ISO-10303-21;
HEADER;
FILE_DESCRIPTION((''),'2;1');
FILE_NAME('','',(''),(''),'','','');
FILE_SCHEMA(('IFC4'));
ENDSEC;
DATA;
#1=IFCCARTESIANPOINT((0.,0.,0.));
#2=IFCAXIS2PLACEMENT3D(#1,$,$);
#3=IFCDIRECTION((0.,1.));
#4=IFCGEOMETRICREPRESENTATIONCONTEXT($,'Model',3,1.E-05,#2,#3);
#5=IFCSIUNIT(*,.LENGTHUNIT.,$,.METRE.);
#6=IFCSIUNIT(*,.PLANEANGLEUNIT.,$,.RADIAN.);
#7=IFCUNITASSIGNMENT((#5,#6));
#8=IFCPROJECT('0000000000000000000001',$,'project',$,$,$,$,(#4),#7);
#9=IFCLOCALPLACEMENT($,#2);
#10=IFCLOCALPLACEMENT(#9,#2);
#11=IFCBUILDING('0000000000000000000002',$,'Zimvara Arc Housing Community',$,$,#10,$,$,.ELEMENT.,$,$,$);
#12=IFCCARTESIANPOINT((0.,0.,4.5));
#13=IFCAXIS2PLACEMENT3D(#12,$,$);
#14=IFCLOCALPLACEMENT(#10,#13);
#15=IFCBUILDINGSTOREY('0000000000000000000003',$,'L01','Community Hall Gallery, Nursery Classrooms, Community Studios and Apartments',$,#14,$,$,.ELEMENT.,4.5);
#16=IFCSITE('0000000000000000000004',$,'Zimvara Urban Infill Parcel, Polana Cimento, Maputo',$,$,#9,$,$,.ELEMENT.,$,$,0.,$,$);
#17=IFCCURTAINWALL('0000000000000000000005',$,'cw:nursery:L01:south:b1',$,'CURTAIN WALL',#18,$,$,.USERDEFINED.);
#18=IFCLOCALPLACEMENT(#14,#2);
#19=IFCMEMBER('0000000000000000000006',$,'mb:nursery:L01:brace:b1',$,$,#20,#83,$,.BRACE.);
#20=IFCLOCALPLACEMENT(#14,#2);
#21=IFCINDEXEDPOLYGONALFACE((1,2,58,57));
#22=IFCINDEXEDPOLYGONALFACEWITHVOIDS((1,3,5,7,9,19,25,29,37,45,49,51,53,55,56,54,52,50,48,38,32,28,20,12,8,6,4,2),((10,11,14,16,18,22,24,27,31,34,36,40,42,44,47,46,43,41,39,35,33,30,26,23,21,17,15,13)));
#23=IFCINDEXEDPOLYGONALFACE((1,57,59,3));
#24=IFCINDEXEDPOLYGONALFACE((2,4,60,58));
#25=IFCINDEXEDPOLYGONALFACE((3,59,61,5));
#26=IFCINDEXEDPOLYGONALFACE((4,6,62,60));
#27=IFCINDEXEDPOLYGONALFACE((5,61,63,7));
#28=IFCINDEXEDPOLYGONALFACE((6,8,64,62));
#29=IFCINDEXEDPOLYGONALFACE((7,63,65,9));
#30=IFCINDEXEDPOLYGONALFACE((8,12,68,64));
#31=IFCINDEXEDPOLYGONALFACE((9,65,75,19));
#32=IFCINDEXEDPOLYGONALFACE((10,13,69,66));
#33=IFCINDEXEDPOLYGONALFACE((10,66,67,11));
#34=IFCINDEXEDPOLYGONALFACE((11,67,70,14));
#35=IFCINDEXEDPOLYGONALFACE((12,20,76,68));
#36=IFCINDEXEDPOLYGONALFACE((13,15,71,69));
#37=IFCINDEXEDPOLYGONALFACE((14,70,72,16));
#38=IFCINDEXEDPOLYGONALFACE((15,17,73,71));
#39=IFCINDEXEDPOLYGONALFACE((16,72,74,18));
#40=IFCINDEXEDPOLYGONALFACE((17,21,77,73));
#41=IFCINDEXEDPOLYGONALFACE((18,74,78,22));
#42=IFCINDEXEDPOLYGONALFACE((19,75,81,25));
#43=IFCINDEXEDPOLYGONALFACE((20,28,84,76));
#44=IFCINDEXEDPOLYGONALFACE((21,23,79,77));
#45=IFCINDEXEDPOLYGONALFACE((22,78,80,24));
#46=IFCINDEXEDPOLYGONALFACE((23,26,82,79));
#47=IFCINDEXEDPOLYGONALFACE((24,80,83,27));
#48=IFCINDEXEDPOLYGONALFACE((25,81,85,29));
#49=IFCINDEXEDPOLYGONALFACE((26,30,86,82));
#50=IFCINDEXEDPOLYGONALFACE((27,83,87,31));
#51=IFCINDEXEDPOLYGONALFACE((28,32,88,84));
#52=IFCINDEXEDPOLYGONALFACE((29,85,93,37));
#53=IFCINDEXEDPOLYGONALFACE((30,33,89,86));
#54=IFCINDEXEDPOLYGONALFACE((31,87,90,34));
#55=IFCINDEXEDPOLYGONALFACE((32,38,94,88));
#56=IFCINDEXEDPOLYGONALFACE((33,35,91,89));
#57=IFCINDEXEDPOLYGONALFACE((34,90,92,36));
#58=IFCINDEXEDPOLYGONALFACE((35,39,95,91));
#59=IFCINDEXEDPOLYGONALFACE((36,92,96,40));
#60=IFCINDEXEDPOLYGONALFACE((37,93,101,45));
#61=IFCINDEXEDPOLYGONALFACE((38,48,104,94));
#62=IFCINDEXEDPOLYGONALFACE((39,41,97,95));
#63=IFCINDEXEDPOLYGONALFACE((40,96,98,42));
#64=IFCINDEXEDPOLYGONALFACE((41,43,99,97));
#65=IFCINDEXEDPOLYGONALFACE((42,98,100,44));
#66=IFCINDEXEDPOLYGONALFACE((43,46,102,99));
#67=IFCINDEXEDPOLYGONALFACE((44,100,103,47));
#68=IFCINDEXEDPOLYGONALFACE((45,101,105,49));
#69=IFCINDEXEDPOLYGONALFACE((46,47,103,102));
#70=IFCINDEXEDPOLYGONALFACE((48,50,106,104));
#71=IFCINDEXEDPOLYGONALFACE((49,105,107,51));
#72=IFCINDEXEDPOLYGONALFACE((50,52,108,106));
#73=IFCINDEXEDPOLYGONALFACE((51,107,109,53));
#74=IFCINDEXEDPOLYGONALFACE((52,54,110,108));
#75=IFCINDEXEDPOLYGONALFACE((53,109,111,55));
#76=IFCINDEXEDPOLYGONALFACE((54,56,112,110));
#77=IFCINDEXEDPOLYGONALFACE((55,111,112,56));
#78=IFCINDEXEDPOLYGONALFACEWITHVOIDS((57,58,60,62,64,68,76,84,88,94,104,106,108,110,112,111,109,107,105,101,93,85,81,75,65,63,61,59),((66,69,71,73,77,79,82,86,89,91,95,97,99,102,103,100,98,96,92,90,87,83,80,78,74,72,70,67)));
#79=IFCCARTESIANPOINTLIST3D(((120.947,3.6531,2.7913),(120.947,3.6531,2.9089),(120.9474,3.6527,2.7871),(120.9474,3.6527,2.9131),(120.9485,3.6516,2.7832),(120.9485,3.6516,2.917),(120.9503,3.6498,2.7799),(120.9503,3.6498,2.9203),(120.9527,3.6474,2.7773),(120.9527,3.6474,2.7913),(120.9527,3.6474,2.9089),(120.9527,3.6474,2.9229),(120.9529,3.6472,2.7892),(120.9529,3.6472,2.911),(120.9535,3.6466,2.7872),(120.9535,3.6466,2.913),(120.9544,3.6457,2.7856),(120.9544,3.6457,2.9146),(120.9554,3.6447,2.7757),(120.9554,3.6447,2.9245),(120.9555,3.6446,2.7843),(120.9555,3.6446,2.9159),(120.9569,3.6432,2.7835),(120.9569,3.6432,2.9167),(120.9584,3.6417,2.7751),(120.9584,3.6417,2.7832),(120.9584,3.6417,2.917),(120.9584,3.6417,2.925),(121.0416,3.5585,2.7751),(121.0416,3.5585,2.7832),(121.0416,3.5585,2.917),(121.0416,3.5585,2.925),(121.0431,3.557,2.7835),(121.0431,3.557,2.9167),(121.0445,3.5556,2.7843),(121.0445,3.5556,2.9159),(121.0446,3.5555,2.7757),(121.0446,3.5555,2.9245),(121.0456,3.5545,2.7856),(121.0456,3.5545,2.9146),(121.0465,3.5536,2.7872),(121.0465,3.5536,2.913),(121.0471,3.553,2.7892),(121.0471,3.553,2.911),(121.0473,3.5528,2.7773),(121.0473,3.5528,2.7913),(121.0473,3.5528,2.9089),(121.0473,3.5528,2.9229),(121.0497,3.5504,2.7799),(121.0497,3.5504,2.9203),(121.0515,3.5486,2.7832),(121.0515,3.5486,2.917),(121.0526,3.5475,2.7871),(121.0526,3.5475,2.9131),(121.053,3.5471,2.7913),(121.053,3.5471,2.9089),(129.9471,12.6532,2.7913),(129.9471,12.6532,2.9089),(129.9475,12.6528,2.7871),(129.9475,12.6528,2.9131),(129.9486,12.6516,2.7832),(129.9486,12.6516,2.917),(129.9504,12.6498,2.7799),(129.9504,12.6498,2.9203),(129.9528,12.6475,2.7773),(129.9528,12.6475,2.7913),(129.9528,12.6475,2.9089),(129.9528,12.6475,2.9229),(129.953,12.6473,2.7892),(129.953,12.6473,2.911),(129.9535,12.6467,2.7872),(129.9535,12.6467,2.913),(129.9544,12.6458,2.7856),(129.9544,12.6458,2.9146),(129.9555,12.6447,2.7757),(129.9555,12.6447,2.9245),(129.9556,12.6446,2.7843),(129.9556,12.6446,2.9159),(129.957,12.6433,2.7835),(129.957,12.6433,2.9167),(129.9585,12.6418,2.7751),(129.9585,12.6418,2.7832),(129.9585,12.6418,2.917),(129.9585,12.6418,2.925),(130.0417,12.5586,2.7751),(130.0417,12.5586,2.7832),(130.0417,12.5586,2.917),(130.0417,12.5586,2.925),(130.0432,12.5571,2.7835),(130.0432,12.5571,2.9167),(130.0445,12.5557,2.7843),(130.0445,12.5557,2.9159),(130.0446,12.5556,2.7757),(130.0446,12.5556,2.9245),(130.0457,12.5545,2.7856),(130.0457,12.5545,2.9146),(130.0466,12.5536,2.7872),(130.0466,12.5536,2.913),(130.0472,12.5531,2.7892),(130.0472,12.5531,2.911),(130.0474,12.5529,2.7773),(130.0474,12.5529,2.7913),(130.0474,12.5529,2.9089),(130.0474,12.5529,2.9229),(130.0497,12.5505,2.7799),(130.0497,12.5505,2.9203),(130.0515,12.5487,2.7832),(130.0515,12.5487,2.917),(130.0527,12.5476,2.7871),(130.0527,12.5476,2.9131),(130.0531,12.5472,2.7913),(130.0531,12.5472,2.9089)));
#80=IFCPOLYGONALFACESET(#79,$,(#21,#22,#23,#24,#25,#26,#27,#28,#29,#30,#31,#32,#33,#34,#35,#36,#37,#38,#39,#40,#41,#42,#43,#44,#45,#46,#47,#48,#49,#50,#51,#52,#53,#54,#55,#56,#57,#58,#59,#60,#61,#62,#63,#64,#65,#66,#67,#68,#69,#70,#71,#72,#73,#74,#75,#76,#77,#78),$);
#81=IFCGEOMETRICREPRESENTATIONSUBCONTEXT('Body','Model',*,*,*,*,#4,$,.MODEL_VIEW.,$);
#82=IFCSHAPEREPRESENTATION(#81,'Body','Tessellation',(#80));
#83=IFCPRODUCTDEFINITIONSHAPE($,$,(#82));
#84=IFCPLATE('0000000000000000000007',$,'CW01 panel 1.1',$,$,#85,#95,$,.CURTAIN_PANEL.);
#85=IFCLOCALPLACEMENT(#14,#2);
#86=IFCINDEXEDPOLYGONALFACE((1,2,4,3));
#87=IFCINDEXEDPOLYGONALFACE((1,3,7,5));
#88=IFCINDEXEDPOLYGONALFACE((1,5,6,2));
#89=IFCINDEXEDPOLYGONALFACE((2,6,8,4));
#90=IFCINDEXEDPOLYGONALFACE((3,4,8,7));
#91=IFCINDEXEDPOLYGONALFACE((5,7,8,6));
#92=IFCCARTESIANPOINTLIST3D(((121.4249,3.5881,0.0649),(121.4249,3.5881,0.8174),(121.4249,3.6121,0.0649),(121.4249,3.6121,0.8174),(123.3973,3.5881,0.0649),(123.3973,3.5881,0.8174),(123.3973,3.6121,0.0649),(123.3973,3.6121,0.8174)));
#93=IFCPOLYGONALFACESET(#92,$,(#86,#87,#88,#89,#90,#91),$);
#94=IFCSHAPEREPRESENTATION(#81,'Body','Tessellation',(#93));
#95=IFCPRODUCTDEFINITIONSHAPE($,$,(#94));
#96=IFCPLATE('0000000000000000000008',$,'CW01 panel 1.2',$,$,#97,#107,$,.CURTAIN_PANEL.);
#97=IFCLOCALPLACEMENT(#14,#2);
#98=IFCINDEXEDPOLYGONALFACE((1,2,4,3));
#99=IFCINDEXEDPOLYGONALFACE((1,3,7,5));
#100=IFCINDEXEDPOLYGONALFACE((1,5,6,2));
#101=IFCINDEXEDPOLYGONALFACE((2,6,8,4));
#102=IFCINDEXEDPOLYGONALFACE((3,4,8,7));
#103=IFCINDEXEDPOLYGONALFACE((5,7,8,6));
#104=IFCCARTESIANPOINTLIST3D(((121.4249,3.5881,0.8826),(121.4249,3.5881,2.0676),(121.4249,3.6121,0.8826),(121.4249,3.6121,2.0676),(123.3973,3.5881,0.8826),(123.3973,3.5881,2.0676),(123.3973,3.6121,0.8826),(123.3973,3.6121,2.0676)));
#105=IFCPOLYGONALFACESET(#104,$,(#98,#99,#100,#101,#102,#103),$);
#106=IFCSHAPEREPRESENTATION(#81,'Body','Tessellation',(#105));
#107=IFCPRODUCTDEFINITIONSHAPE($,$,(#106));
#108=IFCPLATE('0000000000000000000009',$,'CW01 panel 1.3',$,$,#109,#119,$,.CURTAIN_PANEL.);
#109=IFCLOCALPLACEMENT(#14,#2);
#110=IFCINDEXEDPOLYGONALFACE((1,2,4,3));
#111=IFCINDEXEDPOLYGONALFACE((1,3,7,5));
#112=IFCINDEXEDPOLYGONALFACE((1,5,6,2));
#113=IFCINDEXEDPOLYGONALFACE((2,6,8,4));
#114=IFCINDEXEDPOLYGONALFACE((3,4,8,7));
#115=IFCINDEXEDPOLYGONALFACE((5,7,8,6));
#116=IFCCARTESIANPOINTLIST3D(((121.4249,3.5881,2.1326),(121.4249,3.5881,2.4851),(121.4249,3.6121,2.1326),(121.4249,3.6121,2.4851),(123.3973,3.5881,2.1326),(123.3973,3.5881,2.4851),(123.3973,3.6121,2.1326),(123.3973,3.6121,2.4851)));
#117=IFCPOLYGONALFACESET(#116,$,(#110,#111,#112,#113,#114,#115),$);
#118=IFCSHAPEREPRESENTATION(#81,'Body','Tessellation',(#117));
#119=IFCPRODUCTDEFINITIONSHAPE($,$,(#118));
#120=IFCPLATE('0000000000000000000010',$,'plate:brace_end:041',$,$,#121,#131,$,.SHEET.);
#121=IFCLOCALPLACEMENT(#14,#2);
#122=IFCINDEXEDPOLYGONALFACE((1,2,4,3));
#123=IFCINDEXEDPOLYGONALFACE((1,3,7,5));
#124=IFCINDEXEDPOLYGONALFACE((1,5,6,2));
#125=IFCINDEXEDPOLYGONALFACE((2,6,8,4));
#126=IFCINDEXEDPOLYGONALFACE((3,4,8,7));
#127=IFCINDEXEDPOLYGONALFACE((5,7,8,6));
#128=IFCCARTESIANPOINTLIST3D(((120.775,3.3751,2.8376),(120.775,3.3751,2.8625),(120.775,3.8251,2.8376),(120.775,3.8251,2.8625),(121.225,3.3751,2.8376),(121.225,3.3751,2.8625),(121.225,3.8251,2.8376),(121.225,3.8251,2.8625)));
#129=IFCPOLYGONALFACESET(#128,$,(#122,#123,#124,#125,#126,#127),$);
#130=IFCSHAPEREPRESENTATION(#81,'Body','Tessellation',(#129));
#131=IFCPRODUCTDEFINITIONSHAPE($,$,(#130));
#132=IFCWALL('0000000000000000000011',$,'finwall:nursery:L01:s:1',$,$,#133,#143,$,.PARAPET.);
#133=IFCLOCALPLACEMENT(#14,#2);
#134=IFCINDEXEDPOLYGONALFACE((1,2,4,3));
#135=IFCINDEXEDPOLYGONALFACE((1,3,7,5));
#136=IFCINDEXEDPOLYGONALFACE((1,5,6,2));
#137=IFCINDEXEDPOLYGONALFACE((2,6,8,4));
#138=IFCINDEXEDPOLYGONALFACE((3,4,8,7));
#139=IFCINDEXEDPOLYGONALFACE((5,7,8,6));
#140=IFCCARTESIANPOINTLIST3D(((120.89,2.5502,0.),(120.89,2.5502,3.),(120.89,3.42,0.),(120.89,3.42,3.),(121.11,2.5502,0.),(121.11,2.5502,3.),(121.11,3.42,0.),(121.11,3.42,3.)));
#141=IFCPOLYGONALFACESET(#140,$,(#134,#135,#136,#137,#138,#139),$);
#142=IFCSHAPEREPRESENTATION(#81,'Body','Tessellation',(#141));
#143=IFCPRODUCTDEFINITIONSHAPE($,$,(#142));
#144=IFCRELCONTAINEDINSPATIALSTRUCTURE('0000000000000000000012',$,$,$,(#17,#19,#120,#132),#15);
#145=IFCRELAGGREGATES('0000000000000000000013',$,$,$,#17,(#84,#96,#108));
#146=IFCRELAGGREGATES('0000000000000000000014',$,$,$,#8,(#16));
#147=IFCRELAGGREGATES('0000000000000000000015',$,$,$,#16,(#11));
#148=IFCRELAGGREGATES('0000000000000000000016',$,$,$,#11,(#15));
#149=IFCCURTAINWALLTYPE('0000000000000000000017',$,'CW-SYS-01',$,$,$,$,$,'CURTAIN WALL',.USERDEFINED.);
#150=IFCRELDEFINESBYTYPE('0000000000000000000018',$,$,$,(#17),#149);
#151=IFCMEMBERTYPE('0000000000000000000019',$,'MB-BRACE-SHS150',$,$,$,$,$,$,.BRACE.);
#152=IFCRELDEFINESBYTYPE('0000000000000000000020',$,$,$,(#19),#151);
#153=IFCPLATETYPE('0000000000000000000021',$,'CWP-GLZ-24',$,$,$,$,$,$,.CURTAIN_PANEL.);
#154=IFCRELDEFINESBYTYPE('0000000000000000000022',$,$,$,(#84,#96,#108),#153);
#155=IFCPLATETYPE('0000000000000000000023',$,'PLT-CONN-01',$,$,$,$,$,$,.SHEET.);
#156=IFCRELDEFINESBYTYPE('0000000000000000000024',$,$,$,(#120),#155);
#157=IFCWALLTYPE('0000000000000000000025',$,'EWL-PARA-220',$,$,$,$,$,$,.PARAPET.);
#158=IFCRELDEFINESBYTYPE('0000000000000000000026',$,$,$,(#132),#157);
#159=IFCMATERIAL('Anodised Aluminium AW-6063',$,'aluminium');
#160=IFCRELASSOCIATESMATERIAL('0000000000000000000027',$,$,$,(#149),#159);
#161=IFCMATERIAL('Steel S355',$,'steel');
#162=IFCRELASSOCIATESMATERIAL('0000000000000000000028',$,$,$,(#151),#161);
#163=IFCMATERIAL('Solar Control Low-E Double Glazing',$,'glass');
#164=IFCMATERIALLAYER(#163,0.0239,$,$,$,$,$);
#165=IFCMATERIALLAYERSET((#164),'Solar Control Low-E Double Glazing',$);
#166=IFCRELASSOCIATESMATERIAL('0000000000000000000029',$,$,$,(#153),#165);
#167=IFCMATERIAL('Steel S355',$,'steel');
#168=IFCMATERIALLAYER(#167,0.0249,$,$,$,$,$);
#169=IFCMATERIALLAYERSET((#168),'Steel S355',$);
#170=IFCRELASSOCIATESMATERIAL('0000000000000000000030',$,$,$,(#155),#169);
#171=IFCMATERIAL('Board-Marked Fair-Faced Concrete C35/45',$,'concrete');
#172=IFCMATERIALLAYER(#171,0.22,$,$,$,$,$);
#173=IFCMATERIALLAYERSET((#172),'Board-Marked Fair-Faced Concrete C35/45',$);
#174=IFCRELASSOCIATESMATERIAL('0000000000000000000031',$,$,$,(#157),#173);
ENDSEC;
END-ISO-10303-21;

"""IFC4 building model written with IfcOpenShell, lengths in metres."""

from ifc_helpers import new_model, si_unit, direction, frame, frame_2d, origin, origin_2d, place, context, subcontext, project, spatial, rectangle, hollow_rectangle, extrude, material, layer, layer_set, material_profile, profile_set, type_object, element, aggregate, save


model = new_model("IFC4")

# Units and contexts
model_context = context("Model", 3, precision=1e-05, world=origin(), true_north=direction((0.0, 1.0)))
body_context = subcontext(model_context, "Body", "Model", "MODEL_VIEW")
ifc_project = project(units=[si_unit("LENGTHUNIT", "METRE"), si_unit("PLANEANGLEUNIT", "RADIAN")], contexts=[model_context])

# Site, building, storey
site_placement = place(None, origin())
site = spatial("IfcSite", under=ifc_project, at=site_placement, Name="Zimvara Urban Infill Parcel, Polana Cimento, Maputo", CompositionType="ELEMENT", RefElevation=0.0)
building_placement = place(site_placement, origin())
building = spatial("IfcBuilding", under=site, at=building_placement, Name="Zimvara Arc Housing Community", CompositionType="ELEMENT")
storey_placement = place(building_placement, frame((0.0, 0.0, 4.5)))
storey = spatial("IfcBuildingStorey", under=building, at=storey_placement, Name="L01", Description="Community Hall Gallery, Nursery Classrooms, Community Studios and Apartments", CompositionType="ELEMENT", Elevation=4.5)

# Curtain wall
ifc_material_1 = material(Name="Anodised Aluminium AW-6063", Category="aluminium")
curtain_wall_type = type_object("IfcCurtainWallType", Name="CW-SYS-01", ElementType="CURTAIN WALL", PredefinedType="USERDEFINED", material=ifc_material_1)
curtain_wall_placement = place(storey_placement, origin())
curtain_wall = element("IfcCurtainWall", 1, at=curtain_wall_placement, inside=storey, type_object=curtain_wall_type, Name="cw:nursery:L01:south:b1", ObjectType="CURTAIN WALL", PredefinedType="USERDEFINED")

# Member
ifc_material_2 = material(Name="Steel S355", Category="steel")
ifc_material_profile_1 = material_profile(ifc_material_2, hollow_rectangle(XDim=0.1499, YDim=0.1499, WallThickness=0.0081, InnerFilletRadius=0.0081, OuterFilletRadius=0.0161, at=origin_2d()), Name="SHS 150x150x8.0")
ifc_profile_set_1 = profile_set([ifc_material_profile_1], Name="Steel S355")
member_type_1 = type_object("IfcMemberType", Name="MB-BRACE-SHS150", PredefinedType="BRACE", material=ifc_profile_set_1)
member_1_placement = place(storey_placement, frame((121.0, 3.6001, 2.8501), z_axis=(0.707107, 0.707107, 0.0), x_axis=(-0.707107, 0.707107, 0.0)))
element("IfcMember", 2, at=member_1_placement, inside=storey, type_object=member_type_1, Name="mb:nursery:L01:brace:b1", PredefinedType="BRACE", context=body_context, shape_type="SweptSolid", body=[
    extrude(hollow_rectangle(XDim=0.1499, YDim=0.1499, WallThickness=0.0081, InnerFilletRadius=0.0081, OuterFilletRadius=0.0161, at=origin_2d()), origin(), (0.0, 0.0, 1.0), 12.728),
])

# Plates
ifc_material_3 = material(Name="Solar Control Low-E Double Glazing", Category="glass")
ifc_layer_1 = layer(ifc_material_3, 0.0239)
ifc_layer_set_1 = layer_set([ifc_layer_1], Name="Solar Control Low-E Double Glazing")
plate_type_1 = type_object("IfcPlateType", Name="CWP-GLZ-24", PredefinedType="CURTAIN_PANEL", material=ifc_layer_set_1)
plate_1_placement = place(storey_placement, frame((122.4111, 3.6001, 0.0649), z_axis=(0.0, 0.0, 1.0), x_axis=(1.0, 0.0, 0.0)))
plate_1 = element("IfcPlate", 3, at=plate_1_placement, type_object=plate_type_1, Name="CW01 panel 1.1", PredefinedType="CURTAIN_PANEL", context=body_context, shape_type="SweptSolid", body=[
    extrude(rectangle(XDim=1.9724, YDim=0.0239, at=origin_2d()), origin(), (0.0, 0.0, 1.0), 0.7524),
])
plate_2_placement = place(storey_placement, frame((122.4111, 3.6001, 0.8826), z_axis=(0.0, 0.0, 1.0), x_axis=(1.0, 0.0, 0.0)))
plate_2 = element("IfcPlate", 4, at=plate_2_placement, type_object=plate_type_1, Name="CW01 panel 1.2", PredefinedType="CURTAIN_PANEL", context=body_context, shape_type="SweptSolid", body=[
    extrude(rectangle(XDim=1.9724, YDim=0.0239, at=origin_2d()), origin(), (0.0, 0.0, 1.0), 1.1851),
])
plate_3_placement = place(storey_placement, frame((122.4111, 3.6001, 2.1326), z_axis=(0.0, 0.0, 1.0), x_axis=(1.0, 0.0, 0.0)))
plate_3 = element("IfcPlate", 5, at=plate_3_placement, type_object=plate_type_1, Name="CW01 panel 1.3", PredefinedType="CURTAIN_PANEL", context=body_context, shape_type="SweptSolid", body=[
    extrude(rectangle(XDim=1.9724, YDim=0.0239, at=origin_2d()), origin(), (0.0, 0.0, 1.0), 0.3525),
])
aggregate(curtain_wall, [plate_1, plate_2, plate_3])
ifc_material_4 = material(Name="Steel S355", Category="steel")
ifc_layer_2 = layer(ifc_material_4, 0.0249)
ifc_layer_set_2 = layer_set([ifc_layer_2], Name="Steel S355")
plate_type_2 = type_object("IfcPlateType", Name="PLT-CONN-01", PredefinedType="SHEET", material=ifc_layer_set_2)
plate_4_placement = place(storey_placement, frame((121.0, 3.6001, 2.8376), z_axis=(0.0, 0.0, 1.0), x_axis=(1.0, 0.0, 0.0)))
element("IfcPlate", 6, at=plate_4_placement, inside=storey, type_object=plate_type_2, Name="plate:brace_end:041", PredefinedType="SHEET", context=body_context, shape_type="SweptSolid", body=[
    extrude(rectangle(XDim=0.45, YDim=0.45, at=origin_2d()), origin(), (0.0, 0.0, 1.0), 0.0249),
])

# Wall
ifc_material_5 = material(Name="Board-Marked Fair-Faced Concrete C35/45", Category="concrete")
ifc_layer_3 = layer(ifc_material_5, 0.22)
ifc_layer_set_3 = layer_set([ifc_layer_3], Name="Board-Marked Fair-Faced Concrete C35/45")
wall_type = type_object("IfcWallType", Name="EWL-PARA-220", PredefinedType="PARAPET", material=ifc_layer_set_3)
wall_placement = place(storey_placement, frame((121.0, 2.55, 0.0), z_axis=(0.0, 0.0, 1.0), x_axis=(0.0, 1.0, 0.0)))
element("IfcWall", 7, at=wall_placement, inside=storey, type_object=wall_type, Name="finwall:nursery:L01:s:1", PredefinedType="PARAPET", context=body_context, shape_type="SweptSolid", body=[
    extrude(rectangle(XDim=0.8699, YDim=0.22, at=frame_2d((0.4351, 0.0))), origin(), (0.0, 0.0, 1.0), 3.0),
])

save(model, "model.ifc")
